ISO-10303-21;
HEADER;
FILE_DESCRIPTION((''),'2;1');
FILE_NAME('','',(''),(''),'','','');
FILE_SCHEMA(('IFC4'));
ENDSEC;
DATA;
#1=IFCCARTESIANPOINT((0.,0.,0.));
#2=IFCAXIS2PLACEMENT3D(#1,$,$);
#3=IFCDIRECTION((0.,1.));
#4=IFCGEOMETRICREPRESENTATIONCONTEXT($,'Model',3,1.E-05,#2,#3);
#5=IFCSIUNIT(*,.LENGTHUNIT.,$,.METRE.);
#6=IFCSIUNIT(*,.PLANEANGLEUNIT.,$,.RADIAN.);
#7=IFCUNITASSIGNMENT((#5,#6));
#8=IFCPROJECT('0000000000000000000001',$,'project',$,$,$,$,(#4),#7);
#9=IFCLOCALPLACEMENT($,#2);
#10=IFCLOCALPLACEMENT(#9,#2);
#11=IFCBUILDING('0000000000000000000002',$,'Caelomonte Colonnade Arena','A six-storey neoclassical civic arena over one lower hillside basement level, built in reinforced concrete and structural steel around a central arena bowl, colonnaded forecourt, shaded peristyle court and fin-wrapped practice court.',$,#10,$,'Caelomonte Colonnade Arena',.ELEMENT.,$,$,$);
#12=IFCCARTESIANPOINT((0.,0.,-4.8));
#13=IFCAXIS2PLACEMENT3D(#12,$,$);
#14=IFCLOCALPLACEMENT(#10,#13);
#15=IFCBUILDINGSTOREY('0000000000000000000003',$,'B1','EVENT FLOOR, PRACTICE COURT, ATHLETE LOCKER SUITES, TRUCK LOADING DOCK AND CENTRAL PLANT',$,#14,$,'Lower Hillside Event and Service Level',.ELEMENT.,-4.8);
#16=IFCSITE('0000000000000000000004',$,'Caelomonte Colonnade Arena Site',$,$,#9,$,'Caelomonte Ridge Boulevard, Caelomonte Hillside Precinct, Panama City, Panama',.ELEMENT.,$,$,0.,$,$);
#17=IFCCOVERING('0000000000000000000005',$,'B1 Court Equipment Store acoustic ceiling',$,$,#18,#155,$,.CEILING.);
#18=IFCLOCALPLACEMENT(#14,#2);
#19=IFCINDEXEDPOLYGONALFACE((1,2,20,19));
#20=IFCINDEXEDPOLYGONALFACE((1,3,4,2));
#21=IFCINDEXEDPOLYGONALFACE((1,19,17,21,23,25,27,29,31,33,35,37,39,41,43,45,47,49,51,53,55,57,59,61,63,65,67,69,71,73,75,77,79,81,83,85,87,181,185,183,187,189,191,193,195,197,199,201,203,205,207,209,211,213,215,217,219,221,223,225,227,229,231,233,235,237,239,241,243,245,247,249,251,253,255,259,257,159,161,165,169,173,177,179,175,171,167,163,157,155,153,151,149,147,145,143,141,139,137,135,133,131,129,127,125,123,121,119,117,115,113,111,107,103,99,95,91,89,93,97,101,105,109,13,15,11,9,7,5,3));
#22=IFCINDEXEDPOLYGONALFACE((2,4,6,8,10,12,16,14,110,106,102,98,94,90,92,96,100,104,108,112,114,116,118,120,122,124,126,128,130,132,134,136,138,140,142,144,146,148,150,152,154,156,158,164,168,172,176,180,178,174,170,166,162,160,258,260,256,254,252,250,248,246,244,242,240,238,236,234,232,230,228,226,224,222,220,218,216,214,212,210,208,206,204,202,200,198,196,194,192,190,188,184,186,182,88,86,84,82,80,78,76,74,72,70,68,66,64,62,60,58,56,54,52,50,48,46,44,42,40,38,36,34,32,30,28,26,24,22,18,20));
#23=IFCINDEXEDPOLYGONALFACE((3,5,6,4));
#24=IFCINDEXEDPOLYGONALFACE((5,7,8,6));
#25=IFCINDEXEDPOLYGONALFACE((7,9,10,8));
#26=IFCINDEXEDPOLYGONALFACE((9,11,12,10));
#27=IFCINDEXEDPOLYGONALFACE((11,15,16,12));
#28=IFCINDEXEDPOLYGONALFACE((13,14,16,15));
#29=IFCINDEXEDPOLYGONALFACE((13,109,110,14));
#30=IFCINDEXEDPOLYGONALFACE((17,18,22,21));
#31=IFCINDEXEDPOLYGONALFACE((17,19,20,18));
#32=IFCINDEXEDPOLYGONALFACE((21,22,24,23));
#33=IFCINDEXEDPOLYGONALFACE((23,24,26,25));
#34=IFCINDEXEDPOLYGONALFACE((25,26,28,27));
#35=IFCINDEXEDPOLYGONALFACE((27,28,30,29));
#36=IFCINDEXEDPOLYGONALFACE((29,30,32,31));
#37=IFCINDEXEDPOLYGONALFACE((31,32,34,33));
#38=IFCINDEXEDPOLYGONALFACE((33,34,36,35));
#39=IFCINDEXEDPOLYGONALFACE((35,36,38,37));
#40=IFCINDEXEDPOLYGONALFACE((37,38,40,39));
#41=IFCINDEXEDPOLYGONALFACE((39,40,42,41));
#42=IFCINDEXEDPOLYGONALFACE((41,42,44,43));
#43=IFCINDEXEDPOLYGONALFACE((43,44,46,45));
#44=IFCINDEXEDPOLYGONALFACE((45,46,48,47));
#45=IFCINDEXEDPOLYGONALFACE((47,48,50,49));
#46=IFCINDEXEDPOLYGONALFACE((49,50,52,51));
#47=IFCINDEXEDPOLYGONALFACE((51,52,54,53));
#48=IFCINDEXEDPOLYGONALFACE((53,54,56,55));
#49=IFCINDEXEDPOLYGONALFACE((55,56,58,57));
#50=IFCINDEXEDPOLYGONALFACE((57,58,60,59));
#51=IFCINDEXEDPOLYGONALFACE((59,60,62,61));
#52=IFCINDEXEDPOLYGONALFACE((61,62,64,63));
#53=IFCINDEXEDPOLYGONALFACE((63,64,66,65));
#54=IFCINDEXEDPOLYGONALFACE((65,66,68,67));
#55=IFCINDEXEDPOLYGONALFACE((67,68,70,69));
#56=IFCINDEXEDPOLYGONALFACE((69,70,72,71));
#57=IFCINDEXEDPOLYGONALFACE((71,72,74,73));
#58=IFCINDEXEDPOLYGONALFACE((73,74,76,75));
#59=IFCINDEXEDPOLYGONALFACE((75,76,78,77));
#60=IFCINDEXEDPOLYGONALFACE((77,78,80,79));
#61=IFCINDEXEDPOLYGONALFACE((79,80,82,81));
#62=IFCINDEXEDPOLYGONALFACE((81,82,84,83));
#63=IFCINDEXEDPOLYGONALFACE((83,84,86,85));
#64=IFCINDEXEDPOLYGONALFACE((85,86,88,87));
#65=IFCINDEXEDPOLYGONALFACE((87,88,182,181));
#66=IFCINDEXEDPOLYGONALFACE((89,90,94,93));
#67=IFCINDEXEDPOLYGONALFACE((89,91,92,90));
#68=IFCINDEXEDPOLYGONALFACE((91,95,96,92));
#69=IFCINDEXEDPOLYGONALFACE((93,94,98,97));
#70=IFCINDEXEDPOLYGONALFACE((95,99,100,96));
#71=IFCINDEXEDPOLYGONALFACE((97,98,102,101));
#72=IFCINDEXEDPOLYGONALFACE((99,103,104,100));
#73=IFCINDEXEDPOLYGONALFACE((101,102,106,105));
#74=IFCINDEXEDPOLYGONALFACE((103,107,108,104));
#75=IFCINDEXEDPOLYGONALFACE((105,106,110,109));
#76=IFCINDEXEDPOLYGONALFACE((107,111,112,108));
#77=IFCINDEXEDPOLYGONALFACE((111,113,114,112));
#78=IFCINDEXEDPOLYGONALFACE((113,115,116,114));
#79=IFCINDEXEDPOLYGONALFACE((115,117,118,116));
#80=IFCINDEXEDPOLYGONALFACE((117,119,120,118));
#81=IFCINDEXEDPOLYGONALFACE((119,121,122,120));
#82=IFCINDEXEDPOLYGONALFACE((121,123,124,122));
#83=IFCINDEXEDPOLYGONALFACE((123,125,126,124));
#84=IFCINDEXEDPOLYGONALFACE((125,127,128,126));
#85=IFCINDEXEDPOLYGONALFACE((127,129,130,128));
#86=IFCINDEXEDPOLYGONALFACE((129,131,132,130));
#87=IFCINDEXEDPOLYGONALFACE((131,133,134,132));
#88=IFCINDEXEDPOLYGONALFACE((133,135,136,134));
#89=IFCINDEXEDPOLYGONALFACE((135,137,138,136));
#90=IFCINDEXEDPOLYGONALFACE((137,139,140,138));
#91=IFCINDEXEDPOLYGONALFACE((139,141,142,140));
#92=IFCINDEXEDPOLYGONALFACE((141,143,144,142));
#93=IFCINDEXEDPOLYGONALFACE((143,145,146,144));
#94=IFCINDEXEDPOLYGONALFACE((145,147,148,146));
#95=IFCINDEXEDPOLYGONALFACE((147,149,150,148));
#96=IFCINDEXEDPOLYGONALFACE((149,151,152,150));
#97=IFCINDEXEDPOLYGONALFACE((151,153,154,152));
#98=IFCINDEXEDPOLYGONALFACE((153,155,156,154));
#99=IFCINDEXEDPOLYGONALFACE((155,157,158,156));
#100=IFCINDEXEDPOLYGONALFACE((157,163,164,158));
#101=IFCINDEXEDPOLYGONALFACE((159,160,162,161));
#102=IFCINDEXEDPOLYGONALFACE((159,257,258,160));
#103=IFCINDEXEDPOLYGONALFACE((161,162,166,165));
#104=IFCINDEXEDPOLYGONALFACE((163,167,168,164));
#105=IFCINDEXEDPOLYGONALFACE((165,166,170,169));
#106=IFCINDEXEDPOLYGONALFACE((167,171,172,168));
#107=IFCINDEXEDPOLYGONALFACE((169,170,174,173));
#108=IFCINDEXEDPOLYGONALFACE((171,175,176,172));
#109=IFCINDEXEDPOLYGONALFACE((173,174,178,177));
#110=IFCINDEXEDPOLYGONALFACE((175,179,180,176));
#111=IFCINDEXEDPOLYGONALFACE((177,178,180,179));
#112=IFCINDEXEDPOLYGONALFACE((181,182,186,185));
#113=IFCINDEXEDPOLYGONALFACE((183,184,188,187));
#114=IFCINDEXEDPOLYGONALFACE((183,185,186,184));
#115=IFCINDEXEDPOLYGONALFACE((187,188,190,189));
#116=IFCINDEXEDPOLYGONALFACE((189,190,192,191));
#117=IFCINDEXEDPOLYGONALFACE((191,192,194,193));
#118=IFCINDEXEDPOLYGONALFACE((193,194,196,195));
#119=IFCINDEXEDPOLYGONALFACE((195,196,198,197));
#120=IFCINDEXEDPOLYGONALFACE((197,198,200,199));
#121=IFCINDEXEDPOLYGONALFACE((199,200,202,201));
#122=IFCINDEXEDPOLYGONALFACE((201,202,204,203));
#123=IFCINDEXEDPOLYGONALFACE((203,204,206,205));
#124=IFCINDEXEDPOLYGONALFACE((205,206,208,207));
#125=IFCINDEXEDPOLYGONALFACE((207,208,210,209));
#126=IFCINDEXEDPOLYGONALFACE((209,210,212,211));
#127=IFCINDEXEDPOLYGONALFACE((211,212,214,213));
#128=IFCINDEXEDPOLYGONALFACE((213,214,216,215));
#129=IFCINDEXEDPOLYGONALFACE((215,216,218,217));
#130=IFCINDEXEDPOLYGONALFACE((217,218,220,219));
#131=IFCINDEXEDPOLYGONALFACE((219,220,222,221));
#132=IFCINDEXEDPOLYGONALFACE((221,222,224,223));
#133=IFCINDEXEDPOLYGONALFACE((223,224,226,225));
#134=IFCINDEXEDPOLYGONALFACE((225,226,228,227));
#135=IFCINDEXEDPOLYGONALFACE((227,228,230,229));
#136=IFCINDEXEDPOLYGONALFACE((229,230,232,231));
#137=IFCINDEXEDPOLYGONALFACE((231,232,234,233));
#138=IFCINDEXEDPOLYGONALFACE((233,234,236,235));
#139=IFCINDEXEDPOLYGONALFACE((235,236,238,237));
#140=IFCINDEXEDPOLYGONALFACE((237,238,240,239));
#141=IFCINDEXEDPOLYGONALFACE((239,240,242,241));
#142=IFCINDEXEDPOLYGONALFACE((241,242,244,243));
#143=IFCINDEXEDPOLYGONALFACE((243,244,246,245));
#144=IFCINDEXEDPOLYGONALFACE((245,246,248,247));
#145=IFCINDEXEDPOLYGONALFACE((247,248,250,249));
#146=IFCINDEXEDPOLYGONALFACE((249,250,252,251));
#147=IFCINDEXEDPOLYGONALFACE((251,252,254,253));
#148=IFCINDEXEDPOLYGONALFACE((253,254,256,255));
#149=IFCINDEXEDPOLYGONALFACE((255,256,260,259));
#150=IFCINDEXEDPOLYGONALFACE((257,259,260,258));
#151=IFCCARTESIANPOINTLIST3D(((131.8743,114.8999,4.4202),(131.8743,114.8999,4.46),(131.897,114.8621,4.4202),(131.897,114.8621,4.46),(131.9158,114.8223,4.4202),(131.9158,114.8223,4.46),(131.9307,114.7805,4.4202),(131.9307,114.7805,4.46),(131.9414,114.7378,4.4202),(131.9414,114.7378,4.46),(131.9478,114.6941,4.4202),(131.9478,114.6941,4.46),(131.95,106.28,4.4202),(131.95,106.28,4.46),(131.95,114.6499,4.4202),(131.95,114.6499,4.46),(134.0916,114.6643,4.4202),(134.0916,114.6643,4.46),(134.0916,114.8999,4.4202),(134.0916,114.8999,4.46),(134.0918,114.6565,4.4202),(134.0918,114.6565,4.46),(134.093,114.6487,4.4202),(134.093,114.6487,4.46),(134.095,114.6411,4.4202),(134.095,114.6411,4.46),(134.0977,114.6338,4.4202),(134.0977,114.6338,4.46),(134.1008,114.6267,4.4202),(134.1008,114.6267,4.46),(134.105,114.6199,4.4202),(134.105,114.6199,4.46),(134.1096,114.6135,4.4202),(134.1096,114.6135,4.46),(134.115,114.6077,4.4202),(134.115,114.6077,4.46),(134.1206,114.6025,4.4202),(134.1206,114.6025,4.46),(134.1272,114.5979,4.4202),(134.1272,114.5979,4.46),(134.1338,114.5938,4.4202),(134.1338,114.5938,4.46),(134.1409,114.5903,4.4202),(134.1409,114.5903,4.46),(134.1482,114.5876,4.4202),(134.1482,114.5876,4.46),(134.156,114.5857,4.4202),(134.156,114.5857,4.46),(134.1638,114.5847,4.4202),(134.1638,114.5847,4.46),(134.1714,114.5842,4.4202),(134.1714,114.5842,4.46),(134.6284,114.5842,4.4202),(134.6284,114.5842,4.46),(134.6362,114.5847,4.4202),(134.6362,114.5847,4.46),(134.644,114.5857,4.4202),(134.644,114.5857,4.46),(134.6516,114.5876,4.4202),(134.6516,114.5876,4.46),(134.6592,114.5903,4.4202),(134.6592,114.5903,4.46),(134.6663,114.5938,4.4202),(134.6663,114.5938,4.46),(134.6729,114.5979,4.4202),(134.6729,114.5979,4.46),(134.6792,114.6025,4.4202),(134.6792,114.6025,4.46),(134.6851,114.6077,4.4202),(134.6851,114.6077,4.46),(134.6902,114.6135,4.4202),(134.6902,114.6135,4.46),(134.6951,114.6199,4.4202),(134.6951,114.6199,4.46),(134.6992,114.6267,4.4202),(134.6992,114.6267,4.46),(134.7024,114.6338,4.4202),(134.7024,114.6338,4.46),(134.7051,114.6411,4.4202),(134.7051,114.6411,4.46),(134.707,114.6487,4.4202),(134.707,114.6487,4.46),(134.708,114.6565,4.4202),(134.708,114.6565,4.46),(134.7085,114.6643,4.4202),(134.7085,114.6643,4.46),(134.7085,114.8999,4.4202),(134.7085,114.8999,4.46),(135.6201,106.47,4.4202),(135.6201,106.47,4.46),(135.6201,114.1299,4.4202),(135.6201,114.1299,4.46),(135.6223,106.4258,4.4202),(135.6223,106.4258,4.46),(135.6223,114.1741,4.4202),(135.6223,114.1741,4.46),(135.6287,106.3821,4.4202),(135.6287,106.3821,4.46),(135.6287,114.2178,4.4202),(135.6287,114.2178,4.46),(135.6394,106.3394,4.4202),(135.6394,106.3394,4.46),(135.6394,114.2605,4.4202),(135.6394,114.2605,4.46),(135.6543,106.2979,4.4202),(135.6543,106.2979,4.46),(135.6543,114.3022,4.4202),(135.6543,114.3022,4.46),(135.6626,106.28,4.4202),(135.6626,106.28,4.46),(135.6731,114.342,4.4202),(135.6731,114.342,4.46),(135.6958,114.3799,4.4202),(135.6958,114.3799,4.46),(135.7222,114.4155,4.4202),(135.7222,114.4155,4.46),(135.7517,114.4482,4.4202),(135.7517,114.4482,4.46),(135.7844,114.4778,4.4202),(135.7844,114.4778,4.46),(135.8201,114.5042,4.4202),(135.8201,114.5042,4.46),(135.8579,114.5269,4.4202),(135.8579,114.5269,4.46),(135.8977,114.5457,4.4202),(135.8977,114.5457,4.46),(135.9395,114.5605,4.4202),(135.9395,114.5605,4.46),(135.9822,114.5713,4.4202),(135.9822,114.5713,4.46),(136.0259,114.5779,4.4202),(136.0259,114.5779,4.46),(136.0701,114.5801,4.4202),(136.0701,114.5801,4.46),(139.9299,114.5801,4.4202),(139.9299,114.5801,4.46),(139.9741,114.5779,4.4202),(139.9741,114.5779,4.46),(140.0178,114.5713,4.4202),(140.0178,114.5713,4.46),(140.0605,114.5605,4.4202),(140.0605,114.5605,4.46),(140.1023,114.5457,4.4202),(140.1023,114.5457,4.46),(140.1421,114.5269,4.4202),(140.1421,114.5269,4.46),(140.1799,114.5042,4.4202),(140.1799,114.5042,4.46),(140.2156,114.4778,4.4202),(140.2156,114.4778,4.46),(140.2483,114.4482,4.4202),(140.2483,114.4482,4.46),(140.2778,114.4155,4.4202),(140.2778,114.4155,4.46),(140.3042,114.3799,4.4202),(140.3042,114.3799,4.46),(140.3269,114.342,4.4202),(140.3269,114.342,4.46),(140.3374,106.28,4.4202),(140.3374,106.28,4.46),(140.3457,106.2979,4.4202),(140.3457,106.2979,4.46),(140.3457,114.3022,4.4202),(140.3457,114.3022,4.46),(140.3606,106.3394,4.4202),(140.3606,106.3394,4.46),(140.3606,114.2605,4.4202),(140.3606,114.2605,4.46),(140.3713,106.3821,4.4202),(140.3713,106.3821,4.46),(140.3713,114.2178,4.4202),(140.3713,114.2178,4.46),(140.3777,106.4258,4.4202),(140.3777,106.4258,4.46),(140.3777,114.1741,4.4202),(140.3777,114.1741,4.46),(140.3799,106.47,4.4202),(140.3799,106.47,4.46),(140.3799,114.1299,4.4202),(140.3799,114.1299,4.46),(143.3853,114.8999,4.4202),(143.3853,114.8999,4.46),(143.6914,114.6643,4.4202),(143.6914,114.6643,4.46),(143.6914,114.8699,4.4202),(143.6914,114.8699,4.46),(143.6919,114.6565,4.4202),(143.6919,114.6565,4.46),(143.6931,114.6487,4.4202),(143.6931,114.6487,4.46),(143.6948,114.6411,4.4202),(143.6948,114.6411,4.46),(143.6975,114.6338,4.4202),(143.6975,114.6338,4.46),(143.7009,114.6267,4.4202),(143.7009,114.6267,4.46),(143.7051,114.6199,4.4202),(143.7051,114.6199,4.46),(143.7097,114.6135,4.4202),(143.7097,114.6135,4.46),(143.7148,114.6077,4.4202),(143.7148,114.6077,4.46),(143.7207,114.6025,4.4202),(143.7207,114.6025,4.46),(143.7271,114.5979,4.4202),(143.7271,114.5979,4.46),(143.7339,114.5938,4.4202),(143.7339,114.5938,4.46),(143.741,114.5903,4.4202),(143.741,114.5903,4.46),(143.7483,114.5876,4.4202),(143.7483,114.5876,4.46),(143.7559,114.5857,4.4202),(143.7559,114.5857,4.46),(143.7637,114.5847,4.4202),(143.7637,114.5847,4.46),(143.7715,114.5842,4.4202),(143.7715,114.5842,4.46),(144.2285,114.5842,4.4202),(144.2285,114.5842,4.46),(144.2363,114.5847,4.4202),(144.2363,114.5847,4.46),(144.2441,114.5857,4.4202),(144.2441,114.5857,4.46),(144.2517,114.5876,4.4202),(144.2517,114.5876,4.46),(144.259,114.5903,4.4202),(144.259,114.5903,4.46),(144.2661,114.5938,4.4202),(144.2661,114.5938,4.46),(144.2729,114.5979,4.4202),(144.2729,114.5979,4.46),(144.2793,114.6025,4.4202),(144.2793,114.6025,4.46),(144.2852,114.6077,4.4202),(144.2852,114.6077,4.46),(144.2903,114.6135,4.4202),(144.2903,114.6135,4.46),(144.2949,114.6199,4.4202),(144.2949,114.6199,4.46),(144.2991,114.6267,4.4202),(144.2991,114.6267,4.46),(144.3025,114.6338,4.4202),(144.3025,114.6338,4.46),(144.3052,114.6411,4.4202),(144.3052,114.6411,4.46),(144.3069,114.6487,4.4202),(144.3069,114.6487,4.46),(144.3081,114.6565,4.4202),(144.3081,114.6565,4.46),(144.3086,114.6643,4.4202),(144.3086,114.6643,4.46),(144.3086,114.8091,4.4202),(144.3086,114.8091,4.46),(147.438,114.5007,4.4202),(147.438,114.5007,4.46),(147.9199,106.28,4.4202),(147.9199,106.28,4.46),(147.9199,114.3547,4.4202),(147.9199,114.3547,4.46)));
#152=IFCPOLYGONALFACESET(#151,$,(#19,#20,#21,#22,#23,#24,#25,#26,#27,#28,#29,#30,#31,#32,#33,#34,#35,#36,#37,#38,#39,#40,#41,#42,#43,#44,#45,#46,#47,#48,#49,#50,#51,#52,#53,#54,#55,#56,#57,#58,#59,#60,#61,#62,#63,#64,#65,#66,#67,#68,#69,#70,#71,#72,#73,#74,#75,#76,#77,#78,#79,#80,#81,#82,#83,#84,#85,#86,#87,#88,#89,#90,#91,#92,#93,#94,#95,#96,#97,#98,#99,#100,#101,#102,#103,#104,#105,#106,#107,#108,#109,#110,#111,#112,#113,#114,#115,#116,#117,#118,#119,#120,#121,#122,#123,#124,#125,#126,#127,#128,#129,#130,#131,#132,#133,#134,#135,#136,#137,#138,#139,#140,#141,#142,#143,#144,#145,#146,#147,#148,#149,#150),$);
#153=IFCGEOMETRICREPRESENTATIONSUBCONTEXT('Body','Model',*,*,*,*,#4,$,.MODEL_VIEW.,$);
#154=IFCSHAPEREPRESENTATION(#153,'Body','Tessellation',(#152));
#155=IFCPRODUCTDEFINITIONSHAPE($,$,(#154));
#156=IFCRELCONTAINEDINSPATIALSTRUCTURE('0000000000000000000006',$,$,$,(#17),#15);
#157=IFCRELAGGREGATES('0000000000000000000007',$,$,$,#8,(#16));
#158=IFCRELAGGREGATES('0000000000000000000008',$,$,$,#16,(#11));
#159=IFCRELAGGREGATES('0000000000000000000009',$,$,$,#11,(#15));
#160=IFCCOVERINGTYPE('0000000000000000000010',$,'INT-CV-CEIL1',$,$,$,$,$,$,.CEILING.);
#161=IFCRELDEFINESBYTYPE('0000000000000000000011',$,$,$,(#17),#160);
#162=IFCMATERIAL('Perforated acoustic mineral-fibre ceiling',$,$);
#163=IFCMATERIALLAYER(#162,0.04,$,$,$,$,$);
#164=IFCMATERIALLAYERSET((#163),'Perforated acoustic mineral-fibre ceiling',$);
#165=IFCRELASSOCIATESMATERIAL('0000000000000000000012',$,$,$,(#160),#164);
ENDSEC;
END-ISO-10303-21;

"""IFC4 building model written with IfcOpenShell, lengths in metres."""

from ifc_helpers import new_model, si_unit, direction, frame, origin, place, context, subcontext, project, spatial, polyline, outline, extrude, material, layer, layer_set, type_object, element, save


model = new_model("IFC4")

# Units and contexts
model_context = context("Model", 3, precision=1e-05, world=origin(), true_north=direction((0.0, 1.0)))
body_context = subcontext(model_context, "Body", "Model", "MODEL_VIEW")
ifc_project = project(units=[si_unit("LENGTHUNIT", "METRE"), si_unit("PLANEANGLEUNIT", "RADIAN")], contexts=[model_context])

# Site, building, storey
site_placement = place(None, origin())
site = spatial("IfcSite", under=ifc_project, at=site_placement, Name="Caelomonte Colonnade Arena Site", LongName="Caelomonte Ridge Boulevard, Caelomonte Hillside Precinct, Panama City, Panama", CompositionType="ELEMENT", RefElevation=0.0)
building_placement = place(site_placement, origin())
building = spatial("IfcBuilding", under=site, at=building_placement, Name="Caelomonte Colonnade Arena", Description="A six-storey neoclassical civic arena over one lower hillside basement level, built in reinforced concrete and structural steel around a central arena bowl, colonnaded forecourt, shaded peristyle court and fin-wrapped practice court.", LongName="Caelomonte Colonnade Arena", CompositionType="ELEMENT")
storey_placement = place(building_placement, frame((0.0, 0.0, -4.8)))
storey = spatial("IfcBuildingStorey", under=building, at=storey_placement, Name="B1", Description="EVENT FLOOR, PRACTICE COURT, ATHLETE LOCKER SUITES, TRUCK LOADING DOCK AND CENTRAL PLANT", LongName="Lower Hillside Event and Service Level", CompositionType="ELEMENT", Elevation=-4.8)

# Covering
ifc_material_1 = material(Name="Perforated acoustic mineral-fibre ceiling")
ifc_layer_1 = layer(ifc_material_1, 0.04)
ifc_layer_set_1 = layer_set([ifc_layer_1], Name="Perforated acoustic mineral-fibre ceiling")
covering_type = type_object("IfcCoveringType", Name="INT-CV-CEIL1", PredefinedType="CEILING", material=ifc_layer_set_1)
covering_1_placement = place(storey_placement, frame((0.0, 0.0, 4.4202)))
element("IfcCovering", 1, at=covering_1_placement, inside=storey, type_object=covering_type, Name="B1 Court Equipment Store acoustic ceiling", PredefinedType="CEILING", context=body_context, shape_type="SweptSolid", body=[
    extrude(outline(polyline([(134.0916, 114.8999), (131.8743, 114.8999), (131.897, 114.8621), (131.9158, 114.8223), (131.9307, 114.7805), (131.9414, 114.7378), (131.9478, 114.6941), (131.95, 114.6499), (131.95, 106.28), (135.6626, 106.28), (135.6543, 106.2979), (135.6394, 106.3394), (135.6287, 106.3821), (135.6223, 106.4258), (135.6201, 106.47), (135.6201, 114.1299), (135.6223, 114.1741), (135.6287, 114.2178), (135.6394, 114.2605), (135.6543, 114.3022), (135.6731, 114.342), (135.6958, 114.3799), (135.7222, 114.4155), (135.7517, 114.4482), (135.7844, 114.4778), (135.8201, 114.5042), (135.8579, 114.5269), (135.8977, 114.5457), (135.9395, 114.5605), (135.9822, 114.5713), (136.0259, 114.5779), (136.0701, 114.5801), (139.9299, 114.5801), (139.9741, 114.5779), (140.0178, 114.5713), (140.0605, 114.5605), (140.1023, 114.5457), (140.1421, 114.5269), (140.1799, 114.5042), (140.2156, 114.4778), (140.2483, 114.4482), (140.2778, 114.4155), (140.3042, 114.3799), (140.3269, 114.342), (140.3457, 114.3022), (140.3606, 114.2605), (140.3713, 114.2178), (140.3777, 114.1741), (140.3799, 114.1299), (140.3799, 106.47), (140.3777, 106.4258), (140.3713, 106.3821), (140.3606, 106.3394), (140.3457, 106.2979), (140.3374, 106.28), (147.9199, 106.28), (147.9199, 114.3547), (147.438, 114.5007), (144.3086, 114.8091), (144.3086, 114.6643), (144.3081, 114.6565), (144.3069, 114.6487), (144.3052, 114.6411), (144.3025, 114.6338), (144.2991, 114.6267), (144.2949, 114.6199), (144.2903, 114.6135), (144.2852, 114.6077), (144.2793, 114.6025), (144.2729, 114.5979), (144.2661, 114.5938), (144.259, 114.5903), (144.2517, 114.5876), (144.2441, 114.5857), (144.2363, 114.5847), (144.2285, 114.5842), (143.7715, 114.5842), (143.7637, 114.5847), (143.7559, 114.5857), (143.7483, 114.5876), (143.741, 114.5903), (143.7339, 114.5938), (143.7271, 114.5979), (143.7207, 114.6025), (143.7148, 114.6077), (143.7097, 114.6135), (143.7051, 114.6199), (143.7009, 114.6267), (143.6975, 114.6338), (143.6948, 114.6411), (143.6931, 114.6487), (143.6919, 114.6565), (143.6914, 114.6643), (143.6914, 114.8699), (143.3853, 114.8999), (134.7085, 114.8999), (134.7085, 114.6643), (134.708, 114.6565), (134.707, 114.6487), (134.7051, 114.6411), (134.7024, 114.6338), (134.6992, 114.6267), (134.6951, 114.6199), (134.6902, 114.6135), (134.6851, 114.6077), (134.6792, 114.6025), (134.6729, 114.5979), (134.6663, 114.5938), (134.6592, 114.5903), (134.6516, 114.5876), (134.644, 114.5857), (134.6362, 114.5847), (134.6284, 114.5842), (134.1714, 114.5842), (134.1638, 114.5847), (134.156, 114.5857), (134.1482, 114.5876), (134.1409, 114.5903), (134.1338, 114.5938), (134.1272, 114.5979), (134.1206, 114.6025), (134.115, 114.6077), (134.1096, 114.6135), (134.105, 114.6199), (134.1008, 114.6267), (134.0977, 114.6338), (134.095, 114.6411), (134.093, 114.6487), (134.0918, 114.6565), (134.0916, 114.6643), (134.0916, 114.8999)])), origin(), (0.0, 0.0, 1.0), 0.0398),
])

save(model, "model.ifc")
